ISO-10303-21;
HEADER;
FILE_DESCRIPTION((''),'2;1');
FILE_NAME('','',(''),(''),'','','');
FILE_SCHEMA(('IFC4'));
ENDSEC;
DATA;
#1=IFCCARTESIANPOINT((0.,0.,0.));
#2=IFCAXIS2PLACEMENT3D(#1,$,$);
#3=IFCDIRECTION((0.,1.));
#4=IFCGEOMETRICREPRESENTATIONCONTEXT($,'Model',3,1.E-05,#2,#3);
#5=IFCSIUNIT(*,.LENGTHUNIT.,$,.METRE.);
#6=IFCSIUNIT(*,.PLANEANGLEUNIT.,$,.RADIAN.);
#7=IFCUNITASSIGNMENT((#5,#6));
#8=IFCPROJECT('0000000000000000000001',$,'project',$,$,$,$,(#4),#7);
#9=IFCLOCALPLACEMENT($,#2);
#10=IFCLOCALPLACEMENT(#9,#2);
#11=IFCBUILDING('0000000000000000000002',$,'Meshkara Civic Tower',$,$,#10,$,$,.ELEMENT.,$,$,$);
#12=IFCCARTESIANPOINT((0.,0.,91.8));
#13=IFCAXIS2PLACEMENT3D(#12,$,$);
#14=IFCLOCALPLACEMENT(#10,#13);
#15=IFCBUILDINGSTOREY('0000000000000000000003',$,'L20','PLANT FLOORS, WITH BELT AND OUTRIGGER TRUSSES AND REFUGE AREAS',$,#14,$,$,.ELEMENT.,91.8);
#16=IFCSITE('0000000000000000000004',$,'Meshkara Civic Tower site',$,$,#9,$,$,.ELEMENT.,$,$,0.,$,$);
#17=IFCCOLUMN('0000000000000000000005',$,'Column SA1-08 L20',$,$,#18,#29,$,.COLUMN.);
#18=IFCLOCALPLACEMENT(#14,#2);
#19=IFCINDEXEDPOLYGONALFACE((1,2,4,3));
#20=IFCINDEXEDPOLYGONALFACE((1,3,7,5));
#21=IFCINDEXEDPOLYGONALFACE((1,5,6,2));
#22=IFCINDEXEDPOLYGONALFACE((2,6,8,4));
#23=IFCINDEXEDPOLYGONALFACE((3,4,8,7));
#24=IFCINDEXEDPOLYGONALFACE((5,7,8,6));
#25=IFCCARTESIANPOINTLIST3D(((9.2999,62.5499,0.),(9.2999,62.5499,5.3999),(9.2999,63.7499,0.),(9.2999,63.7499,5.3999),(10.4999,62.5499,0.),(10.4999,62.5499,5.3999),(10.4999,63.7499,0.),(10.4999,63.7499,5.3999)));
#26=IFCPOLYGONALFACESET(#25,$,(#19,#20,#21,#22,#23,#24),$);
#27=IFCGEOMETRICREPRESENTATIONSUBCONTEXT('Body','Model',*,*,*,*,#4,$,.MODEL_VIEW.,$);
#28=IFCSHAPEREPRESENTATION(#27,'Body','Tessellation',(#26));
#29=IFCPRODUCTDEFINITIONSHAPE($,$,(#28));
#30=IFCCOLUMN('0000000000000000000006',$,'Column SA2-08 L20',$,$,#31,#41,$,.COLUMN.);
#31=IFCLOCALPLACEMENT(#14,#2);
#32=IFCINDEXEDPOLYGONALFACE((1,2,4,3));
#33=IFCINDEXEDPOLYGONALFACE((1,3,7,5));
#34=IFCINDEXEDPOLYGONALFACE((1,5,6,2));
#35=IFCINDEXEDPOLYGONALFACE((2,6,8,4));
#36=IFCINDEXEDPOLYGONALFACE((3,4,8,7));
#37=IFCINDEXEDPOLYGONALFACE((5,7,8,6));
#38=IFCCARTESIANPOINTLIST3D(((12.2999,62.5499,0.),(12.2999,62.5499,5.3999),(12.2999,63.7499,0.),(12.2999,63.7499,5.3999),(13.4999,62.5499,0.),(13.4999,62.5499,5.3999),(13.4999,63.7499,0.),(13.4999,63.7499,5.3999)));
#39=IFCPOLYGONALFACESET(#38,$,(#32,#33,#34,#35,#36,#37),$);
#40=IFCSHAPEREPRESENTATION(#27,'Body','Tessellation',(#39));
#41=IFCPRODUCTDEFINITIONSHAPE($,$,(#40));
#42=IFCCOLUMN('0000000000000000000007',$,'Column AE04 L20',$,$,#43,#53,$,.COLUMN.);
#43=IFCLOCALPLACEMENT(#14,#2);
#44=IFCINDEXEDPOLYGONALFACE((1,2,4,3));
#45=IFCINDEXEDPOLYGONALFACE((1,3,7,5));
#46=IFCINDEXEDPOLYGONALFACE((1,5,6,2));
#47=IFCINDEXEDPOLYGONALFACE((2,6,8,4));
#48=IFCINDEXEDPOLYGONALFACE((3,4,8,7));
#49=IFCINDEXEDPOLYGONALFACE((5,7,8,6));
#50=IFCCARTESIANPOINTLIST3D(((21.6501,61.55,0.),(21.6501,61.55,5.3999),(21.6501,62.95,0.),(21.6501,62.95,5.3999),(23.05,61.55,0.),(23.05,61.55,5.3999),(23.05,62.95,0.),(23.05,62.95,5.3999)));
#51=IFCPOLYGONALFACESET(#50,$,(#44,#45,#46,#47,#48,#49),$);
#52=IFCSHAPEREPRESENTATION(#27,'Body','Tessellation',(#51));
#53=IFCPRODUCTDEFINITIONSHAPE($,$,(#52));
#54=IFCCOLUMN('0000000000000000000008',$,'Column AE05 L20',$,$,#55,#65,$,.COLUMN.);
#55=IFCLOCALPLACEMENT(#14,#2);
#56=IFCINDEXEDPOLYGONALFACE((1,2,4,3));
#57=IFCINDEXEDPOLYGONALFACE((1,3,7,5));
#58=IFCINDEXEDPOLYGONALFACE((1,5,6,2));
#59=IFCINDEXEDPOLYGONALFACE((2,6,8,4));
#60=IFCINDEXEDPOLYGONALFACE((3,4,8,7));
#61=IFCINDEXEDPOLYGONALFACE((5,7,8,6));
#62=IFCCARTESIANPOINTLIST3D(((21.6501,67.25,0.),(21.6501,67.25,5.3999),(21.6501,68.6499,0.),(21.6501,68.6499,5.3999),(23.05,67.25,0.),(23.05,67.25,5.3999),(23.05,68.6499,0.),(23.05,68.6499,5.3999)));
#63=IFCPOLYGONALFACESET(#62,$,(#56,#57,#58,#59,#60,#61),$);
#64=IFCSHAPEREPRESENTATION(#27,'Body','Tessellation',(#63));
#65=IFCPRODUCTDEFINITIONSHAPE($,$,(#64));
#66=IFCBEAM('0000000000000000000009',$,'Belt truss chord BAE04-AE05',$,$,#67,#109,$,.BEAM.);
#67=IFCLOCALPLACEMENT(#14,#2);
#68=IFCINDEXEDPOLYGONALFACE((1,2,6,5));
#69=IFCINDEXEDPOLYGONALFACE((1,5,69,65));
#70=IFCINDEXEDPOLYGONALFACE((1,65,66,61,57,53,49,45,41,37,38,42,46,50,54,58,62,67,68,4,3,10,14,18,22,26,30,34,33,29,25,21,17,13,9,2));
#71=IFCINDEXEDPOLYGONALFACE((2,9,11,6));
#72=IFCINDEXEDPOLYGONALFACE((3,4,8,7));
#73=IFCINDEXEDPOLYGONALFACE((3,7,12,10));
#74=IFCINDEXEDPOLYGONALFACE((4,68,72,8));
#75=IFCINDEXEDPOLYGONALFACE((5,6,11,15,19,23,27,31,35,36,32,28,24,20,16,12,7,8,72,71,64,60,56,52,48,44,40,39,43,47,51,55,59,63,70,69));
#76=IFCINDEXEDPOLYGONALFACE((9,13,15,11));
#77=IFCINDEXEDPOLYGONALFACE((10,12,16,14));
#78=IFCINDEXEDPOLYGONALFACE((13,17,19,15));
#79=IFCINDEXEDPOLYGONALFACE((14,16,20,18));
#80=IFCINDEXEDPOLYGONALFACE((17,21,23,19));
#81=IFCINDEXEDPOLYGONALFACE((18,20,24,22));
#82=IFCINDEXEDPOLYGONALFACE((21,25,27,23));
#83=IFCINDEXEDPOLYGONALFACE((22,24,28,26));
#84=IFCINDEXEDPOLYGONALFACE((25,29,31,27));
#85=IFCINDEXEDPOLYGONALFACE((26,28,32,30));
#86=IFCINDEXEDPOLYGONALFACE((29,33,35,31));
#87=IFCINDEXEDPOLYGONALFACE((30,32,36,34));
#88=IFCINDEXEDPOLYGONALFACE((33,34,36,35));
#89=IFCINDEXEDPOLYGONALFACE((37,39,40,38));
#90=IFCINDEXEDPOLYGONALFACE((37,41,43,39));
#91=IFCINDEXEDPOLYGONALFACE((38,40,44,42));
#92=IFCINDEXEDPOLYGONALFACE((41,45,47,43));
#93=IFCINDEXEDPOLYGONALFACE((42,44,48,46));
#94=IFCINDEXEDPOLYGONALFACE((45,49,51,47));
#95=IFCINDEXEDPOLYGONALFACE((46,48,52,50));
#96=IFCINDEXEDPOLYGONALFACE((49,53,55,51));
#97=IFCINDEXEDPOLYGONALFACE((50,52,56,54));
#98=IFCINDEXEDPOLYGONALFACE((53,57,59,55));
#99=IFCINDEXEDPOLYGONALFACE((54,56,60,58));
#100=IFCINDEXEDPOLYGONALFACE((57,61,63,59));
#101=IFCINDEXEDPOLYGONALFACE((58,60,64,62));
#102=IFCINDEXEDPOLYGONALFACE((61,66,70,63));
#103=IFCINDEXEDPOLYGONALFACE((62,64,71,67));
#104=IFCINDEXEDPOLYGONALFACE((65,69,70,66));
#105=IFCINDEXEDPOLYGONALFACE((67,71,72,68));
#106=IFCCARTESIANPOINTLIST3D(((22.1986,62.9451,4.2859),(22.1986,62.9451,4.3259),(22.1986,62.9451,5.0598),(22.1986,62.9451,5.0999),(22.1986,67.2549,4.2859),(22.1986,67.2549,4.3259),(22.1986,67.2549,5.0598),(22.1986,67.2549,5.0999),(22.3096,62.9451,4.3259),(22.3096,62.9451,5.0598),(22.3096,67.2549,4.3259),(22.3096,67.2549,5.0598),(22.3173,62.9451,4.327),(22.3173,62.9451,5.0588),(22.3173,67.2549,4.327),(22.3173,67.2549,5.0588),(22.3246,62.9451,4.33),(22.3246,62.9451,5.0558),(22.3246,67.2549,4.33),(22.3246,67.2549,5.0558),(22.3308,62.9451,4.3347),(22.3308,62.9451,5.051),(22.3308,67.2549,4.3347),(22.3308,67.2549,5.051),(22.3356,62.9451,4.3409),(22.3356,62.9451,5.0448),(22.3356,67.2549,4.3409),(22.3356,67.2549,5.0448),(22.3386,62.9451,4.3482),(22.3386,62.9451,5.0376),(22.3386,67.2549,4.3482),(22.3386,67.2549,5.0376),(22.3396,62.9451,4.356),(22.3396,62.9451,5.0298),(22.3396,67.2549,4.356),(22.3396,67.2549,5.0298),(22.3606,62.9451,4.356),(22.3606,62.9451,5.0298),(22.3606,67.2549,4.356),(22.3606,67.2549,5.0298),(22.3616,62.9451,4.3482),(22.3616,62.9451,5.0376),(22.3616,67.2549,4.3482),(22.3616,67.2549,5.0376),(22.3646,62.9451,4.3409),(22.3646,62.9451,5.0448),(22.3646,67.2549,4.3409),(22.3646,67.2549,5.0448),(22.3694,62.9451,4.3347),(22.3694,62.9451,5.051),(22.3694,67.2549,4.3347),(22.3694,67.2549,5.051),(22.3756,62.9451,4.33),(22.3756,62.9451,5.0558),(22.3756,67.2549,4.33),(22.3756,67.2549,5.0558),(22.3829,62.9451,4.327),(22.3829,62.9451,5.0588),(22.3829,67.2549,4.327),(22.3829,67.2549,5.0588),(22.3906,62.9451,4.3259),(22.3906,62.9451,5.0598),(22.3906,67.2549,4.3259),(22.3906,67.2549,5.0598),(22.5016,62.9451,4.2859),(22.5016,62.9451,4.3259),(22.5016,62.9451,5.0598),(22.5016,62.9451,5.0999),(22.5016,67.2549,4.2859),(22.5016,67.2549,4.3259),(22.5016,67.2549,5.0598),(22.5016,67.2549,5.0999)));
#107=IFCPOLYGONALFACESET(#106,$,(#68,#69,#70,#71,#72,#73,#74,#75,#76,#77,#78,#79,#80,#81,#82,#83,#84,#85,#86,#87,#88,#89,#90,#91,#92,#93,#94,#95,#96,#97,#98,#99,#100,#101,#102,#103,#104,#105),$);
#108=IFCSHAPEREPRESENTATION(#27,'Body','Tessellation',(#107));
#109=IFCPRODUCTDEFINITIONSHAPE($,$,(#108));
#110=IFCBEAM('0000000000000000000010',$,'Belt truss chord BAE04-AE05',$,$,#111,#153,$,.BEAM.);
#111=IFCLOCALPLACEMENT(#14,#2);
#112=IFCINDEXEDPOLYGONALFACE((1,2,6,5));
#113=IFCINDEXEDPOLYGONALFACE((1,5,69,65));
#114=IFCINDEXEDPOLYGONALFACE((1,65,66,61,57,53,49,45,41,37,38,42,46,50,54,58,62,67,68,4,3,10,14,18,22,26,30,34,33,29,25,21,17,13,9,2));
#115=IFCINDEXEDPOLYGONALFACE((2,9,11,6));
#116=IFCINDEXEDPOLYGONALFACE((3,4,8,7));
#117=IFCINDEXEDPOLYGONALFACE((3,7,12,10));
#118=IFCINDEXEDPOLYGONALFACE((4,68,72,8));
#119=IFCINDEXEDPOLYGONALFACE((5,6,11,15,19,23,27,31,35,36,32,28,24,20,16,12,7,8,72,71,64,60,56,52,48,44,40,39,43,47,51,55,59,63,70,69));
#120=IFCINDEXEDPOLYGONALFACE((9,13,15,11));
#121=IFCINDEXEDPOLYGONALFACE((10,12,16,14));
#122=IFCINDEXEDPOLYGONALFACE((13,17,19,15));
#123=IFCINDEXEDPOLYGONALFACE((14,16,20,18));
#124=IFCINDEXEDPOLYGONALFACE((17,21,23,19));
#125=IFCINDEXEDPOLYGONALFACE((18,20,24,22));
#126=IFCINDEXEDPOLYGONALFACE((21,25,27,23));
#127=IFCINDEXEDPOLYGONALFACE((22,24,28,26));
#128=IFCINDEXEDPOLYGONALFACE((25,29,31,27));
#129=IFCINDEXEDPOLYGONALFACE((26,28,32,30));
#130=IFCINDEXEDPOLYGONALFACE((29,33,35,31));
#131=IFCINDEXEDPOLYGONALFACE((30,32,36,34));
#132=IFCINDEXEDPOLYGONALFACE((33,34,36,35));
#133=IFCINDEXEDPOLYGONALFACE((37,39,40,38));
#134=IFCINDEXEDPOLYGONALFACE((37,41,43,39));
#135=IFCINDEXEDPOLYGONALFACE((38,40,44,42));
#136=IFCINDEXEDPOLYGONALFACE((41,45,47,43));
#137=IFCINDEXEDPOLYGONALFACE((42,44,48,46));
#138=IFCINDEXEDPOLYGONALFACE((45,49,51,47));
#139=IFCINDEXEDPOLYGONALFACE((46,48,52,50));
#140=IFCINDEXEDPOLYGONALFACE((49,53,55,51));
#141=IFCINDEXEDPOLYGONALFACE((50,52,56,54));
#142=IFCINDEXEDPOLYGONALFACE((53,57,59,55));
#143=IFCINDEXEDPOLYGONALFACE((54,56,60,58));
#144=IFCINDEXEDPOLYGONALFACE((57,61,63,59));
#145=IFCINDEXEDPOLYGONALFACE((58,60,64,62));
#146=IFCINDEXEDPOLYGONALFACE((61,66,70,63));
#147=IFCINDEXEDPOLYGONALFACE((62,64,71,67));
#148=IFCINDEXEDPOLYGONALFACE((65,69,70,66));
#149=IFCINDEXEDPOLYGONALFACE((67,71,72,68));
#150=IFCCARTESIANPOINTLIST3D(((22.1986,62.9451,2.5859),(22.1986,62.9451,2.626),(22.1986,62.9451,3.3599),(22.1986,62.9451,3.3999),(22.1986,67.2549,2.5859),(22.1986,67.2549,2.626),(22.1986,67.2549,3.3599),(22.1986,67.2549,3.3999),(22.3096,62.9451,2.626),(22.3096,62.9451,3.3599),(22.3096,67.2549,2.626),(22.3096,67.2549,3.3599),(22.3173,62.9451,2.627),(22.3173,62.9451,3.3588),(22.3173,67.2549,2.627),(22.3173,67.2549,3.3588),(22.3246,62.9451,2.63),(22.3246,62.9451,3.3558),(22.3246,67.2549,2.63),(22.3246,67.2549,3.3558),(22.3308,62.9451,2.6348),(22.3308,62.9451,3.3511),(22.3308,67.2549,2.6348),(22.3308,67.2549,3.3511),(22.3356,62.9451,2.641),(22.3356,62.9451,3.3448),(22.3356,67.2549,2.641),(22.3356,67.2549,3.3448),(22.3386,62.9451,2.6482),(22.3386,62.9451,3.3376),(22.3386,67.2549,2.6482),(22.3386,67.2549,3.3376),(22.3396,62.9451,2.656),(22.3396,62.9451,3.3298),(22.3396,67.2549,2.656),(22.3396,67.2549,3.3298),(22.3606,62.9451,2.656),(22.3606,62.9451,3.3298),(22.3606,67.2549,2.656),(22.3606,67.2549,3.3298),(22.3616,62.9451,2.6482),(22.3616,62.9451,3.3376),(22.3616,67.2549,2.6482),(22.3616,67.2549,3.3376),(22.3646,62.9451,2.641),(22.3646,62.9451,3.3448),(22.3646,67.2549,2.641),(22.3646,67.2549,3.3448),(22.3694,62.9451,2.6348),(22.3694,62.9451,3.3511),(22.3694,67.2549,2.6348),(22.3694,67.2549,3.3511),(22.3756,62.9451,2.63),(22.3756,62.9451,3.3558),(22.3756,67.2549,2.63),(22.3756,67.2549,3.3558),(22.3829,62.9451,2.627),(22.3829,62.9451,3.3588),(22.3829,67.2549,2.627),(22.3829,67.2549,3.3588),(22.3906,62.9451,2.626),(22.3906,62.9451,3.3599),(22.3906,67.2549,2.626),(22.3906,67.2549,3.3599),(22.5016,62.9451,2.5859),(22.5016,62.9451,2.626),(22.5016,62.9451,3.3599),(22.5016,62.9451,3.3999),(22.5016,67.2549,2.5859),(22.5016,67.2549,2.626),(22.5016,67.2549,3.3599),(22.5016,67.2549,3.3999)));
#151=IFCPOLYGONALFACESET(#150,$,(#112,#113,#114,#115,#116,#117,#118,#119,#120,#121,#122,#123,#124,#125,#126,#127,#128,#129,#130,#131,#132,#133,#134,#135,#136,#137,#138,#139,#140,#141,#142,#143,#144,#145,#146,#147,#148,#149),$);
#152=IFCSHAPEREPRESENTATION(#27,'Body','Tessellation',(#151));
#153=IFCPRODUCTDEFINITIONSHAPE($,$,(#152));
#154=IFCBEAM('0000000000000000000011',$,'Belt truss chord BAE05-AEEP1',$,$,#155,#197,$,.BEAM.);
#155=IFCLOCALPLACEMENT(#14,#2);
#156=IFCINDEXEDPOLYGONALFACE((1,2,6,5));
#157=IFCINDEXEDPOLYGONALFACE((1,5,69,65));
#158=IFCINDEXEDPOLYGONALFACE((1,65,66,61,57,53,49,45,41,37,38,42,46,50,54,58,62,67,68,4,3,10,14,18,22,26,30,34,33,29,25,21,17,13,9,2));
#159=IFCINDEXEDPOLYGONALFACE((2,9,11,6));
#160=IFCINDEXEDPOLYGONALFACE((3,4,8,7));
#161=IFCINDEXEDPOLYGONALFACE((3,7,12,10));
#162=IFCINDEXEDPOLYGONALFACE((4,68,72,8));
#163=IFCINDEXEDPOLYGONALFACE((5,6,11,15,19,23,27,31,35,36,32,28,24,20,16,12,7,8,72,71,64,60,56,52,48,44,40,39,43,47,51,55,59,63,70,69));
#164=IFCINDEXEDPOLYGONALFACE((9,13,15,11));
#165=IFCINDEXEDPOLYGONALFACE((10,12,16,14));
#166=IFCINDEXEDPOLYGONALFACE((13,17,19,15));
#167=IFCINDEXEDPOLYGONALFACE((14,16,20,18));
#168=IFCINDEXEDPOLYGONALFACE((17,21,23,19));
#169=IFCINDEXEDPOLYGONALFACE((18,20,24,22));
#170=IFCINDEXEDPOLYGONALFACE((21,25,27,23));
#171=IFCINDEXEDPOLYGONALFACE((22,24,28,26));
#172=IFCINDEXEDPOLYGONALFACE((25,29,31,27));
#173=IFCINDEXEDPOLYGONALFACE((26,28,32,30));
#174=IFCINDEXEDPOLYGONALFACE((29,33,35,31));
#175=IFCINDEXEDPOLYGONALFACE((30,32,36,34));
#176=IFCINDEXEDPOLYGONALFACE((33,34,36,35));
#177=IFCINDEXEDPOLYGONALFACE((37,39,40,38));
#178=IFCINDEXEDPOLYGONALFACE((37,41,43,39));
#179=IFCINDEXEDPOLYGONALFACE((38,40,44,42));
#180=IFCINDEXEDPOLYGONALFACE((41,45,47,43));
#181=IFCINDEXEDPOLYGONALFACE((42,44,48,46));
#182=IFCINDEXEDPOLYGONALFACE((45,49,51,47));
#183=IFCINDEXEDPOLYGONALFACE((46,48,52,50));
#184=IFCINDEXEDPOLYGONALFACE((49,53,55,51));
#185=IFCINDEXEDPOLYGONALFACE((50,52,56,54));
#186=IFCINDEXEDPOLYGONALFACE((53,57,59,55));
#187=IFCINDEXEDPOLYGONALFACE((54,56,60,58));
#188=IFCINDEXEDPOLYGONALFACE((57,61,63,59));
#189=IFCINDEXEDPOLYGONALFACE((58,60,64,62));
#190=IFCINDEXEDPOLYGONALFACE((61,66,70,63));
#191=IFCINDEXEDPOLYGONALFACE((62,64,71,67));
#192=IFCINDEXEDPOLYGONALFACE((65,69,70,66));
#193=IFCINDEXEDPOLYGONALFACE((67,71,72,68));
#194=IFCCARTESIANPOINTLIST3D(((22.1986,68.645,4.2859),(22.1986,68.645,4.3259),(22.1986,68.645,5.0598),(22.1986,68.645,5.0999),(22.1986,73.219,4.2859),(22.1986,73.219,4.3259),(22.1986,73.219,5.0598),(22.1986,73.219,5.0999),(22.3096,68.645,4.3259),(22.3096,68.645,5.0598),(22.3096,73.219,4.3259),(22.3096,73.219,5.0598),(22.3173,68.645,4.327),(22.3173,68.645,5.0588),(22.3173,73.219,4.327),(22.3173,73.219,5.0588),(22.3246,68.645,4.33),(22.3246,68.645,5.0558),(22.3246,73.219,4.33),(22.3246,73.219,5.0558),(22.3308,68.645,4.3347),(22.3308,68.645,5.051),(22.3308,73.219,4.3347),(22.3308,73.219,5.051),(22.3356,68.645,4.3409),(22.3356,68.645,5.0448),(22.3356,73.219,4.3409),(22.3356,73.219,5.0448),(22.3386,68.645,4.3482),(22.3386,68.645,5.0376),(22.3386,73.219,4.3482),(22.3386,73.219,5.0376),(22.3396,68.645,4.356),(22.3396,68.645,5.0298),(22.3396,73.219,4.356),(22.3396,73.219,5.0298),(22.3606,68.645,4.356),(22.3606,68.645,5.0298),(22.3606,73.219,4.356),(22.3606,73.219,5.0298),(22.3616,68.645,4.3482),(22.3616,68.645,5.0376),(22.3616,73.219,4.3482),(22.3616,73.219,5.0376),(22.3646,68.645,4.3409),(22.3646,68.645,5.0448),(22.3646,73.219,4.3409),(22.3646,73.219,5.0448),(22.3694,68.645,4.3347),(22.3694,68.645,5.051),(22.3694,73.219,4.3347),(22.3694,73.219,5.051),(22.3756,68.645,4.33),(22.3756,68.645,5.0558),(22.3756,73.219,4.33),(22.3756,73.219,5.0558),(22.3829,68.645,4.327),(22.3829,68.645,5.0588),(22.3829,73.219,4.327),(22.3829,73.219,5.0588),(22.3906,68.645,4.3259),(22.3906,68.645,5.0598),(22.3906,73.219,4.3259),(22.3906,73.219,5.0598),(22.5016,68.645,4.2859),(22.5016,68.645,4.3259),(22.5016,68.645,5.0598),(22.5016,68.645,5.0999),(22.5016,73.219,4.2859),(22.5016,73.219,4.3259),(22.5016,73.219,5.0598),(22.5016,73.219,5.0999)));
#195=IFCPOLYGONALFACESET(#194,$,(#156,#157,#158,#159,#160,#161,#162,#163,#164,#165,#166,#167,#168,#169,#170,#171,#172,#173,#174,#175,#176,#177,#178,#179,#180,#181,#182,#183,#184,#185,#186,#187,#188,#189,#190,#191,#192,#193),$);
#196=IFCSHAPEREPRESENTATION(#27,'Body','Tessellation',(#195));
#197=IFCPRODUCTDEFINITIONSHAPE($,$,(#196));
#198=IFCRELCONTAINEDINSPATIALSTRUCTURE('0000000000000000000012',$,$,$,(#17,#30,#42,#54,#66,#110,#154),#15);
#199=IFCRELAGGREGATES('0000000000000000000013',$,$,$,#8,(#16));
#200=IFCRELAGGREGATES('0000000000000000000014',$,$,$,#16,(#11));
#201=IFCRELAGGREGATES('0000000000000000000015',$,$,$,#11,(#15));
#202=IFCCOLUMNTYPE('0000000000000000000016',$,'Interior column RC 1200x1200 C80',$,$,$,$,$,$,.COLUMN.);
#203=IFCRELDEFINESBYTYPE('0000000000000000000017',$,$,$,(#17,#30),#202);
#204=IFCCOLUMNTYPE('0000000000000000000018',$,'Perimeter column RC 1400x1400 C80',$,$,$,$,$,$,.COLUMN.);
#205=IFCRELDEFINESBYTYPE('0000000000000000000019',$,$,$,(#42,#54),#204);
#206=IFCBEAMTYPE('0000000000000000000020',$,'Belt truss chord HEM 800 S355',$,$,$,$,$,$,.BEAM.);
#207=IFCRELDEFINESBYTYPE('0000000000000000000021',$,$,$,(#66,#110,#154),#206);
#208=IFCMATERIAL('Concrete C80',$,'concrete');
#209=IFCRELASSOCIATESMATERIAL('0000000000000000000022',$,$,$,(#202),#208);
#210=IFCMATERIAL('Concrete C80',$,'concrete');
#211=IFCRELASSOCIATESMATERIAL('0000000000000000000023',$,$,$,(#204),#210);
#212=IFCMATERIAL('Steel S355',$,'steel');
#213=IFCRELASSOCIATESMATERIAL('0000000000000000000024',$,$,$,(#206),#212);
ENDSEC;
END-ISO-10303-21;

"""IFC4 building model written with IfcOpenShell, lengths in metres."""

from ifc_helpers import new_model, si_unit, direction, frame, origin, origin_2d, place, context, subcontext, project, spatial, rectangle, i_section, extrude, material, material_profile, profile_set, type_object, element, save


model = new_model("IFC4")

# Units and contexts
model_context = context("Model", 3, precision=1e-05, world=origin(), true_north=direction((0.0, 1.0)))
body_context = subcontext(model_context, "Body", "Model", "MODEL_VIEW")
ifc_project = project(units=[si_unit("LENGTHUNIT", "METRE"), si_unit("PLANEANGLEUNIT", "RADIAN")], contexts=[model_context])

# Site, building, storey
site_placement = place(None, origin())
site = spatial("IfcSite", under=ifc_project, at=site_placement, Name="Meshkara Civic Tower site", CompositionType="ELEMENT", RefElevation=0.0)
building_placement = place(site_placement, origin())
building = spatial("IfcBuilding", under=site, at=building_placement, Name="Meshkara Civic Tower", CompositionType="ELEMENT")
storey_placement = place(building_placement, frame((0.0, 0.0, 91.8)))
storey = spatial("IfcBuildingStorey", under=building, at=storey_placement, Name="L20", Description="PLANT FLOORS, WITH BELT AND OUTRIGGER TRUSSES AND REFUGE AREAS", CompositionType="ELEMENT", Elevation=91.8)

# Columns
ifc_material_1 = material(Name="Concrete C80", Category="concrete")
ifc_material_profile_1 = material_profile(ifc_material_1, rectangle(XDim=1.2, YDim=1.2, at=origin_2d()))
ifc_profile_set_1 = profile_set([ifc_material_profile_1], Name="Concrete C80")
column_type_1 = type_object("IfcColumnType", Name="Interior column RC 1200x1200 C80", PredefinedType="COLUMN", material=ifc_profile_set_1)
for number, where, z_axis, x_axis, name in (
    (1, (9.8999, 63.1499, 0.0), (0.0, 0.0, 1.0), (1.0, 0.0, 0.0), "Column SA1-08 L20"),
    (2, (12.8999, 63.1499, 0.0), (0.0, 0.0, 1.0), (1.0, 0.0, 0.0), "Column SA2-08 L20"),
):
    element("IfcColumn", number, at=place(storey_placement, frame(where, z_axis=z_axis, x_axis=x_axis)), inside=storey, type_object=column_type_1, Name=name, PredefinedType="COLUMN", context=body_context, shape_type="SweptSolid", body=[
        extrude(rectangle(XDim=1.2, YDim=1.2, at=origin_2d()), origin(), (0.0, 0.0, 1.0), 5.3999),
    ])
ifc_material_2 = material(Name="Concrete C80", Category="concrete")
ifc_material_profile_2 = material_profile(ifc_material_2, rectangle(XDim=1.3999, YDim=1.3999, at=origin_2d()))
ifc_profile_set_2 = profile_set([ifc_material_profile_2], Name="Concrete C80")
column_type_2 = type_object("IfcColumnType", Name="Perimeter column RC 1400x1400 C80", PredefinedType="COLUMN", material=ifc_profile_set_2)
for number, where, z_axis, x_axis, name in (
    (3, (22.3501, 62.25, 0.0), (0.0, 0.0, 1.0), (1.0, 0.0, 0.0), "Column AE04 L20"),
    (4, (22.3501, 67.95, 0.0), (0.0, 0.0, 1.0), (1.0, 0.0, 0.0), "Column AE05 L20"),
):
    element("IfcColumn", number, at=place(storey_placement, frame(where, z_axis=z_axis, x_axis=x_axis)), inside=storey, type_object=column_type_2, Name=name, PredefinedType="COLUMN", context=body_context, shape_type="SweptSolid", body=[
        extrude(rectangle(XDim=1.3999, YDim=1.3999, at=origin_2d()), origin(), (0.0, 0.0, 1.0), 5.3999),
    ])

# Beams
ifc_material_3 = material(Name="Steel S355", Category="steel")
ifc_material_profile_3 = material_profile(ifc_material_3, i_section(OverallWidth=0.303, OverallDepth=0.814, WebThickness=0.021, FlangeThickness=0.04, FilletRadius=0.03, at=origin_2d()))
ifc_profile_set_3 = profile_set([ifc_material_profile_3], Name="Steel S355")
beam_type = type_object("IfcBeamType", Name="Belt truss chord HEM 800 S355", PredefinedType="BEAM", material=ifc_profile_set_3)
for number, where, z_axis, x_axis, name in (
    (5, (22.3501, 62.9451, 4.6929), (0.0, 1.0, 0.0), (-1.0, 0.0, 0.0), "Belt truss chord BAE04-AE05"),
    (6, (22.3501, 62.9451, 2.9929), (0.0, 1.0, 0.0), (-1.0, 0.0, 0.0), "Belt truss chord BAE04-AE05"),
):
    element("IfcBeam", number, at=place(storey_placement, frame(where, z_axis=z_axis, x_axis=x_axis)), inside=storey, type_object=beam_type, Name=name, PredefinedType="BEAM", context=body_context, shape_type="SweptSolid", body=[
        extrude(i_section(OverallWidth=0.303, OverallDepth=0.814, WebThickness=0.021, FlangeThickness=0.04, FilletRadius=0.03, at=origin_2d()), origin(), (0.0, 0.0, 1.0), 4.3098),
    ])
for number, where, z_axis, x_axis, name in (
    (7, (22.3501, 68.645, 4.6929), (0.0, 1.0, 0.0), (-1.0, 0.0, 0.0), "Belt truss chord BAE05-AEEP1"),
):
    element("IfcBeam", number, at=place(storey_placement, frame(where, z_axis=z_axis, x_axis=x_axis)), inside=storey, type_object=beam_type, Name=name, PredefinedType="BEAM", context=body_context, shape_type="SweptSolid", body=[
        extrude(i_section(OverallWidth=0.303, OverallDepth=0.814, WebThickness=0.021, FlangeThickness=0.04, FilletRadius=0.03, at=origin_2d()), origin(), (0.0, 0.0, 1.0), 4.574),
    ])

save(model, "model.ifc")
